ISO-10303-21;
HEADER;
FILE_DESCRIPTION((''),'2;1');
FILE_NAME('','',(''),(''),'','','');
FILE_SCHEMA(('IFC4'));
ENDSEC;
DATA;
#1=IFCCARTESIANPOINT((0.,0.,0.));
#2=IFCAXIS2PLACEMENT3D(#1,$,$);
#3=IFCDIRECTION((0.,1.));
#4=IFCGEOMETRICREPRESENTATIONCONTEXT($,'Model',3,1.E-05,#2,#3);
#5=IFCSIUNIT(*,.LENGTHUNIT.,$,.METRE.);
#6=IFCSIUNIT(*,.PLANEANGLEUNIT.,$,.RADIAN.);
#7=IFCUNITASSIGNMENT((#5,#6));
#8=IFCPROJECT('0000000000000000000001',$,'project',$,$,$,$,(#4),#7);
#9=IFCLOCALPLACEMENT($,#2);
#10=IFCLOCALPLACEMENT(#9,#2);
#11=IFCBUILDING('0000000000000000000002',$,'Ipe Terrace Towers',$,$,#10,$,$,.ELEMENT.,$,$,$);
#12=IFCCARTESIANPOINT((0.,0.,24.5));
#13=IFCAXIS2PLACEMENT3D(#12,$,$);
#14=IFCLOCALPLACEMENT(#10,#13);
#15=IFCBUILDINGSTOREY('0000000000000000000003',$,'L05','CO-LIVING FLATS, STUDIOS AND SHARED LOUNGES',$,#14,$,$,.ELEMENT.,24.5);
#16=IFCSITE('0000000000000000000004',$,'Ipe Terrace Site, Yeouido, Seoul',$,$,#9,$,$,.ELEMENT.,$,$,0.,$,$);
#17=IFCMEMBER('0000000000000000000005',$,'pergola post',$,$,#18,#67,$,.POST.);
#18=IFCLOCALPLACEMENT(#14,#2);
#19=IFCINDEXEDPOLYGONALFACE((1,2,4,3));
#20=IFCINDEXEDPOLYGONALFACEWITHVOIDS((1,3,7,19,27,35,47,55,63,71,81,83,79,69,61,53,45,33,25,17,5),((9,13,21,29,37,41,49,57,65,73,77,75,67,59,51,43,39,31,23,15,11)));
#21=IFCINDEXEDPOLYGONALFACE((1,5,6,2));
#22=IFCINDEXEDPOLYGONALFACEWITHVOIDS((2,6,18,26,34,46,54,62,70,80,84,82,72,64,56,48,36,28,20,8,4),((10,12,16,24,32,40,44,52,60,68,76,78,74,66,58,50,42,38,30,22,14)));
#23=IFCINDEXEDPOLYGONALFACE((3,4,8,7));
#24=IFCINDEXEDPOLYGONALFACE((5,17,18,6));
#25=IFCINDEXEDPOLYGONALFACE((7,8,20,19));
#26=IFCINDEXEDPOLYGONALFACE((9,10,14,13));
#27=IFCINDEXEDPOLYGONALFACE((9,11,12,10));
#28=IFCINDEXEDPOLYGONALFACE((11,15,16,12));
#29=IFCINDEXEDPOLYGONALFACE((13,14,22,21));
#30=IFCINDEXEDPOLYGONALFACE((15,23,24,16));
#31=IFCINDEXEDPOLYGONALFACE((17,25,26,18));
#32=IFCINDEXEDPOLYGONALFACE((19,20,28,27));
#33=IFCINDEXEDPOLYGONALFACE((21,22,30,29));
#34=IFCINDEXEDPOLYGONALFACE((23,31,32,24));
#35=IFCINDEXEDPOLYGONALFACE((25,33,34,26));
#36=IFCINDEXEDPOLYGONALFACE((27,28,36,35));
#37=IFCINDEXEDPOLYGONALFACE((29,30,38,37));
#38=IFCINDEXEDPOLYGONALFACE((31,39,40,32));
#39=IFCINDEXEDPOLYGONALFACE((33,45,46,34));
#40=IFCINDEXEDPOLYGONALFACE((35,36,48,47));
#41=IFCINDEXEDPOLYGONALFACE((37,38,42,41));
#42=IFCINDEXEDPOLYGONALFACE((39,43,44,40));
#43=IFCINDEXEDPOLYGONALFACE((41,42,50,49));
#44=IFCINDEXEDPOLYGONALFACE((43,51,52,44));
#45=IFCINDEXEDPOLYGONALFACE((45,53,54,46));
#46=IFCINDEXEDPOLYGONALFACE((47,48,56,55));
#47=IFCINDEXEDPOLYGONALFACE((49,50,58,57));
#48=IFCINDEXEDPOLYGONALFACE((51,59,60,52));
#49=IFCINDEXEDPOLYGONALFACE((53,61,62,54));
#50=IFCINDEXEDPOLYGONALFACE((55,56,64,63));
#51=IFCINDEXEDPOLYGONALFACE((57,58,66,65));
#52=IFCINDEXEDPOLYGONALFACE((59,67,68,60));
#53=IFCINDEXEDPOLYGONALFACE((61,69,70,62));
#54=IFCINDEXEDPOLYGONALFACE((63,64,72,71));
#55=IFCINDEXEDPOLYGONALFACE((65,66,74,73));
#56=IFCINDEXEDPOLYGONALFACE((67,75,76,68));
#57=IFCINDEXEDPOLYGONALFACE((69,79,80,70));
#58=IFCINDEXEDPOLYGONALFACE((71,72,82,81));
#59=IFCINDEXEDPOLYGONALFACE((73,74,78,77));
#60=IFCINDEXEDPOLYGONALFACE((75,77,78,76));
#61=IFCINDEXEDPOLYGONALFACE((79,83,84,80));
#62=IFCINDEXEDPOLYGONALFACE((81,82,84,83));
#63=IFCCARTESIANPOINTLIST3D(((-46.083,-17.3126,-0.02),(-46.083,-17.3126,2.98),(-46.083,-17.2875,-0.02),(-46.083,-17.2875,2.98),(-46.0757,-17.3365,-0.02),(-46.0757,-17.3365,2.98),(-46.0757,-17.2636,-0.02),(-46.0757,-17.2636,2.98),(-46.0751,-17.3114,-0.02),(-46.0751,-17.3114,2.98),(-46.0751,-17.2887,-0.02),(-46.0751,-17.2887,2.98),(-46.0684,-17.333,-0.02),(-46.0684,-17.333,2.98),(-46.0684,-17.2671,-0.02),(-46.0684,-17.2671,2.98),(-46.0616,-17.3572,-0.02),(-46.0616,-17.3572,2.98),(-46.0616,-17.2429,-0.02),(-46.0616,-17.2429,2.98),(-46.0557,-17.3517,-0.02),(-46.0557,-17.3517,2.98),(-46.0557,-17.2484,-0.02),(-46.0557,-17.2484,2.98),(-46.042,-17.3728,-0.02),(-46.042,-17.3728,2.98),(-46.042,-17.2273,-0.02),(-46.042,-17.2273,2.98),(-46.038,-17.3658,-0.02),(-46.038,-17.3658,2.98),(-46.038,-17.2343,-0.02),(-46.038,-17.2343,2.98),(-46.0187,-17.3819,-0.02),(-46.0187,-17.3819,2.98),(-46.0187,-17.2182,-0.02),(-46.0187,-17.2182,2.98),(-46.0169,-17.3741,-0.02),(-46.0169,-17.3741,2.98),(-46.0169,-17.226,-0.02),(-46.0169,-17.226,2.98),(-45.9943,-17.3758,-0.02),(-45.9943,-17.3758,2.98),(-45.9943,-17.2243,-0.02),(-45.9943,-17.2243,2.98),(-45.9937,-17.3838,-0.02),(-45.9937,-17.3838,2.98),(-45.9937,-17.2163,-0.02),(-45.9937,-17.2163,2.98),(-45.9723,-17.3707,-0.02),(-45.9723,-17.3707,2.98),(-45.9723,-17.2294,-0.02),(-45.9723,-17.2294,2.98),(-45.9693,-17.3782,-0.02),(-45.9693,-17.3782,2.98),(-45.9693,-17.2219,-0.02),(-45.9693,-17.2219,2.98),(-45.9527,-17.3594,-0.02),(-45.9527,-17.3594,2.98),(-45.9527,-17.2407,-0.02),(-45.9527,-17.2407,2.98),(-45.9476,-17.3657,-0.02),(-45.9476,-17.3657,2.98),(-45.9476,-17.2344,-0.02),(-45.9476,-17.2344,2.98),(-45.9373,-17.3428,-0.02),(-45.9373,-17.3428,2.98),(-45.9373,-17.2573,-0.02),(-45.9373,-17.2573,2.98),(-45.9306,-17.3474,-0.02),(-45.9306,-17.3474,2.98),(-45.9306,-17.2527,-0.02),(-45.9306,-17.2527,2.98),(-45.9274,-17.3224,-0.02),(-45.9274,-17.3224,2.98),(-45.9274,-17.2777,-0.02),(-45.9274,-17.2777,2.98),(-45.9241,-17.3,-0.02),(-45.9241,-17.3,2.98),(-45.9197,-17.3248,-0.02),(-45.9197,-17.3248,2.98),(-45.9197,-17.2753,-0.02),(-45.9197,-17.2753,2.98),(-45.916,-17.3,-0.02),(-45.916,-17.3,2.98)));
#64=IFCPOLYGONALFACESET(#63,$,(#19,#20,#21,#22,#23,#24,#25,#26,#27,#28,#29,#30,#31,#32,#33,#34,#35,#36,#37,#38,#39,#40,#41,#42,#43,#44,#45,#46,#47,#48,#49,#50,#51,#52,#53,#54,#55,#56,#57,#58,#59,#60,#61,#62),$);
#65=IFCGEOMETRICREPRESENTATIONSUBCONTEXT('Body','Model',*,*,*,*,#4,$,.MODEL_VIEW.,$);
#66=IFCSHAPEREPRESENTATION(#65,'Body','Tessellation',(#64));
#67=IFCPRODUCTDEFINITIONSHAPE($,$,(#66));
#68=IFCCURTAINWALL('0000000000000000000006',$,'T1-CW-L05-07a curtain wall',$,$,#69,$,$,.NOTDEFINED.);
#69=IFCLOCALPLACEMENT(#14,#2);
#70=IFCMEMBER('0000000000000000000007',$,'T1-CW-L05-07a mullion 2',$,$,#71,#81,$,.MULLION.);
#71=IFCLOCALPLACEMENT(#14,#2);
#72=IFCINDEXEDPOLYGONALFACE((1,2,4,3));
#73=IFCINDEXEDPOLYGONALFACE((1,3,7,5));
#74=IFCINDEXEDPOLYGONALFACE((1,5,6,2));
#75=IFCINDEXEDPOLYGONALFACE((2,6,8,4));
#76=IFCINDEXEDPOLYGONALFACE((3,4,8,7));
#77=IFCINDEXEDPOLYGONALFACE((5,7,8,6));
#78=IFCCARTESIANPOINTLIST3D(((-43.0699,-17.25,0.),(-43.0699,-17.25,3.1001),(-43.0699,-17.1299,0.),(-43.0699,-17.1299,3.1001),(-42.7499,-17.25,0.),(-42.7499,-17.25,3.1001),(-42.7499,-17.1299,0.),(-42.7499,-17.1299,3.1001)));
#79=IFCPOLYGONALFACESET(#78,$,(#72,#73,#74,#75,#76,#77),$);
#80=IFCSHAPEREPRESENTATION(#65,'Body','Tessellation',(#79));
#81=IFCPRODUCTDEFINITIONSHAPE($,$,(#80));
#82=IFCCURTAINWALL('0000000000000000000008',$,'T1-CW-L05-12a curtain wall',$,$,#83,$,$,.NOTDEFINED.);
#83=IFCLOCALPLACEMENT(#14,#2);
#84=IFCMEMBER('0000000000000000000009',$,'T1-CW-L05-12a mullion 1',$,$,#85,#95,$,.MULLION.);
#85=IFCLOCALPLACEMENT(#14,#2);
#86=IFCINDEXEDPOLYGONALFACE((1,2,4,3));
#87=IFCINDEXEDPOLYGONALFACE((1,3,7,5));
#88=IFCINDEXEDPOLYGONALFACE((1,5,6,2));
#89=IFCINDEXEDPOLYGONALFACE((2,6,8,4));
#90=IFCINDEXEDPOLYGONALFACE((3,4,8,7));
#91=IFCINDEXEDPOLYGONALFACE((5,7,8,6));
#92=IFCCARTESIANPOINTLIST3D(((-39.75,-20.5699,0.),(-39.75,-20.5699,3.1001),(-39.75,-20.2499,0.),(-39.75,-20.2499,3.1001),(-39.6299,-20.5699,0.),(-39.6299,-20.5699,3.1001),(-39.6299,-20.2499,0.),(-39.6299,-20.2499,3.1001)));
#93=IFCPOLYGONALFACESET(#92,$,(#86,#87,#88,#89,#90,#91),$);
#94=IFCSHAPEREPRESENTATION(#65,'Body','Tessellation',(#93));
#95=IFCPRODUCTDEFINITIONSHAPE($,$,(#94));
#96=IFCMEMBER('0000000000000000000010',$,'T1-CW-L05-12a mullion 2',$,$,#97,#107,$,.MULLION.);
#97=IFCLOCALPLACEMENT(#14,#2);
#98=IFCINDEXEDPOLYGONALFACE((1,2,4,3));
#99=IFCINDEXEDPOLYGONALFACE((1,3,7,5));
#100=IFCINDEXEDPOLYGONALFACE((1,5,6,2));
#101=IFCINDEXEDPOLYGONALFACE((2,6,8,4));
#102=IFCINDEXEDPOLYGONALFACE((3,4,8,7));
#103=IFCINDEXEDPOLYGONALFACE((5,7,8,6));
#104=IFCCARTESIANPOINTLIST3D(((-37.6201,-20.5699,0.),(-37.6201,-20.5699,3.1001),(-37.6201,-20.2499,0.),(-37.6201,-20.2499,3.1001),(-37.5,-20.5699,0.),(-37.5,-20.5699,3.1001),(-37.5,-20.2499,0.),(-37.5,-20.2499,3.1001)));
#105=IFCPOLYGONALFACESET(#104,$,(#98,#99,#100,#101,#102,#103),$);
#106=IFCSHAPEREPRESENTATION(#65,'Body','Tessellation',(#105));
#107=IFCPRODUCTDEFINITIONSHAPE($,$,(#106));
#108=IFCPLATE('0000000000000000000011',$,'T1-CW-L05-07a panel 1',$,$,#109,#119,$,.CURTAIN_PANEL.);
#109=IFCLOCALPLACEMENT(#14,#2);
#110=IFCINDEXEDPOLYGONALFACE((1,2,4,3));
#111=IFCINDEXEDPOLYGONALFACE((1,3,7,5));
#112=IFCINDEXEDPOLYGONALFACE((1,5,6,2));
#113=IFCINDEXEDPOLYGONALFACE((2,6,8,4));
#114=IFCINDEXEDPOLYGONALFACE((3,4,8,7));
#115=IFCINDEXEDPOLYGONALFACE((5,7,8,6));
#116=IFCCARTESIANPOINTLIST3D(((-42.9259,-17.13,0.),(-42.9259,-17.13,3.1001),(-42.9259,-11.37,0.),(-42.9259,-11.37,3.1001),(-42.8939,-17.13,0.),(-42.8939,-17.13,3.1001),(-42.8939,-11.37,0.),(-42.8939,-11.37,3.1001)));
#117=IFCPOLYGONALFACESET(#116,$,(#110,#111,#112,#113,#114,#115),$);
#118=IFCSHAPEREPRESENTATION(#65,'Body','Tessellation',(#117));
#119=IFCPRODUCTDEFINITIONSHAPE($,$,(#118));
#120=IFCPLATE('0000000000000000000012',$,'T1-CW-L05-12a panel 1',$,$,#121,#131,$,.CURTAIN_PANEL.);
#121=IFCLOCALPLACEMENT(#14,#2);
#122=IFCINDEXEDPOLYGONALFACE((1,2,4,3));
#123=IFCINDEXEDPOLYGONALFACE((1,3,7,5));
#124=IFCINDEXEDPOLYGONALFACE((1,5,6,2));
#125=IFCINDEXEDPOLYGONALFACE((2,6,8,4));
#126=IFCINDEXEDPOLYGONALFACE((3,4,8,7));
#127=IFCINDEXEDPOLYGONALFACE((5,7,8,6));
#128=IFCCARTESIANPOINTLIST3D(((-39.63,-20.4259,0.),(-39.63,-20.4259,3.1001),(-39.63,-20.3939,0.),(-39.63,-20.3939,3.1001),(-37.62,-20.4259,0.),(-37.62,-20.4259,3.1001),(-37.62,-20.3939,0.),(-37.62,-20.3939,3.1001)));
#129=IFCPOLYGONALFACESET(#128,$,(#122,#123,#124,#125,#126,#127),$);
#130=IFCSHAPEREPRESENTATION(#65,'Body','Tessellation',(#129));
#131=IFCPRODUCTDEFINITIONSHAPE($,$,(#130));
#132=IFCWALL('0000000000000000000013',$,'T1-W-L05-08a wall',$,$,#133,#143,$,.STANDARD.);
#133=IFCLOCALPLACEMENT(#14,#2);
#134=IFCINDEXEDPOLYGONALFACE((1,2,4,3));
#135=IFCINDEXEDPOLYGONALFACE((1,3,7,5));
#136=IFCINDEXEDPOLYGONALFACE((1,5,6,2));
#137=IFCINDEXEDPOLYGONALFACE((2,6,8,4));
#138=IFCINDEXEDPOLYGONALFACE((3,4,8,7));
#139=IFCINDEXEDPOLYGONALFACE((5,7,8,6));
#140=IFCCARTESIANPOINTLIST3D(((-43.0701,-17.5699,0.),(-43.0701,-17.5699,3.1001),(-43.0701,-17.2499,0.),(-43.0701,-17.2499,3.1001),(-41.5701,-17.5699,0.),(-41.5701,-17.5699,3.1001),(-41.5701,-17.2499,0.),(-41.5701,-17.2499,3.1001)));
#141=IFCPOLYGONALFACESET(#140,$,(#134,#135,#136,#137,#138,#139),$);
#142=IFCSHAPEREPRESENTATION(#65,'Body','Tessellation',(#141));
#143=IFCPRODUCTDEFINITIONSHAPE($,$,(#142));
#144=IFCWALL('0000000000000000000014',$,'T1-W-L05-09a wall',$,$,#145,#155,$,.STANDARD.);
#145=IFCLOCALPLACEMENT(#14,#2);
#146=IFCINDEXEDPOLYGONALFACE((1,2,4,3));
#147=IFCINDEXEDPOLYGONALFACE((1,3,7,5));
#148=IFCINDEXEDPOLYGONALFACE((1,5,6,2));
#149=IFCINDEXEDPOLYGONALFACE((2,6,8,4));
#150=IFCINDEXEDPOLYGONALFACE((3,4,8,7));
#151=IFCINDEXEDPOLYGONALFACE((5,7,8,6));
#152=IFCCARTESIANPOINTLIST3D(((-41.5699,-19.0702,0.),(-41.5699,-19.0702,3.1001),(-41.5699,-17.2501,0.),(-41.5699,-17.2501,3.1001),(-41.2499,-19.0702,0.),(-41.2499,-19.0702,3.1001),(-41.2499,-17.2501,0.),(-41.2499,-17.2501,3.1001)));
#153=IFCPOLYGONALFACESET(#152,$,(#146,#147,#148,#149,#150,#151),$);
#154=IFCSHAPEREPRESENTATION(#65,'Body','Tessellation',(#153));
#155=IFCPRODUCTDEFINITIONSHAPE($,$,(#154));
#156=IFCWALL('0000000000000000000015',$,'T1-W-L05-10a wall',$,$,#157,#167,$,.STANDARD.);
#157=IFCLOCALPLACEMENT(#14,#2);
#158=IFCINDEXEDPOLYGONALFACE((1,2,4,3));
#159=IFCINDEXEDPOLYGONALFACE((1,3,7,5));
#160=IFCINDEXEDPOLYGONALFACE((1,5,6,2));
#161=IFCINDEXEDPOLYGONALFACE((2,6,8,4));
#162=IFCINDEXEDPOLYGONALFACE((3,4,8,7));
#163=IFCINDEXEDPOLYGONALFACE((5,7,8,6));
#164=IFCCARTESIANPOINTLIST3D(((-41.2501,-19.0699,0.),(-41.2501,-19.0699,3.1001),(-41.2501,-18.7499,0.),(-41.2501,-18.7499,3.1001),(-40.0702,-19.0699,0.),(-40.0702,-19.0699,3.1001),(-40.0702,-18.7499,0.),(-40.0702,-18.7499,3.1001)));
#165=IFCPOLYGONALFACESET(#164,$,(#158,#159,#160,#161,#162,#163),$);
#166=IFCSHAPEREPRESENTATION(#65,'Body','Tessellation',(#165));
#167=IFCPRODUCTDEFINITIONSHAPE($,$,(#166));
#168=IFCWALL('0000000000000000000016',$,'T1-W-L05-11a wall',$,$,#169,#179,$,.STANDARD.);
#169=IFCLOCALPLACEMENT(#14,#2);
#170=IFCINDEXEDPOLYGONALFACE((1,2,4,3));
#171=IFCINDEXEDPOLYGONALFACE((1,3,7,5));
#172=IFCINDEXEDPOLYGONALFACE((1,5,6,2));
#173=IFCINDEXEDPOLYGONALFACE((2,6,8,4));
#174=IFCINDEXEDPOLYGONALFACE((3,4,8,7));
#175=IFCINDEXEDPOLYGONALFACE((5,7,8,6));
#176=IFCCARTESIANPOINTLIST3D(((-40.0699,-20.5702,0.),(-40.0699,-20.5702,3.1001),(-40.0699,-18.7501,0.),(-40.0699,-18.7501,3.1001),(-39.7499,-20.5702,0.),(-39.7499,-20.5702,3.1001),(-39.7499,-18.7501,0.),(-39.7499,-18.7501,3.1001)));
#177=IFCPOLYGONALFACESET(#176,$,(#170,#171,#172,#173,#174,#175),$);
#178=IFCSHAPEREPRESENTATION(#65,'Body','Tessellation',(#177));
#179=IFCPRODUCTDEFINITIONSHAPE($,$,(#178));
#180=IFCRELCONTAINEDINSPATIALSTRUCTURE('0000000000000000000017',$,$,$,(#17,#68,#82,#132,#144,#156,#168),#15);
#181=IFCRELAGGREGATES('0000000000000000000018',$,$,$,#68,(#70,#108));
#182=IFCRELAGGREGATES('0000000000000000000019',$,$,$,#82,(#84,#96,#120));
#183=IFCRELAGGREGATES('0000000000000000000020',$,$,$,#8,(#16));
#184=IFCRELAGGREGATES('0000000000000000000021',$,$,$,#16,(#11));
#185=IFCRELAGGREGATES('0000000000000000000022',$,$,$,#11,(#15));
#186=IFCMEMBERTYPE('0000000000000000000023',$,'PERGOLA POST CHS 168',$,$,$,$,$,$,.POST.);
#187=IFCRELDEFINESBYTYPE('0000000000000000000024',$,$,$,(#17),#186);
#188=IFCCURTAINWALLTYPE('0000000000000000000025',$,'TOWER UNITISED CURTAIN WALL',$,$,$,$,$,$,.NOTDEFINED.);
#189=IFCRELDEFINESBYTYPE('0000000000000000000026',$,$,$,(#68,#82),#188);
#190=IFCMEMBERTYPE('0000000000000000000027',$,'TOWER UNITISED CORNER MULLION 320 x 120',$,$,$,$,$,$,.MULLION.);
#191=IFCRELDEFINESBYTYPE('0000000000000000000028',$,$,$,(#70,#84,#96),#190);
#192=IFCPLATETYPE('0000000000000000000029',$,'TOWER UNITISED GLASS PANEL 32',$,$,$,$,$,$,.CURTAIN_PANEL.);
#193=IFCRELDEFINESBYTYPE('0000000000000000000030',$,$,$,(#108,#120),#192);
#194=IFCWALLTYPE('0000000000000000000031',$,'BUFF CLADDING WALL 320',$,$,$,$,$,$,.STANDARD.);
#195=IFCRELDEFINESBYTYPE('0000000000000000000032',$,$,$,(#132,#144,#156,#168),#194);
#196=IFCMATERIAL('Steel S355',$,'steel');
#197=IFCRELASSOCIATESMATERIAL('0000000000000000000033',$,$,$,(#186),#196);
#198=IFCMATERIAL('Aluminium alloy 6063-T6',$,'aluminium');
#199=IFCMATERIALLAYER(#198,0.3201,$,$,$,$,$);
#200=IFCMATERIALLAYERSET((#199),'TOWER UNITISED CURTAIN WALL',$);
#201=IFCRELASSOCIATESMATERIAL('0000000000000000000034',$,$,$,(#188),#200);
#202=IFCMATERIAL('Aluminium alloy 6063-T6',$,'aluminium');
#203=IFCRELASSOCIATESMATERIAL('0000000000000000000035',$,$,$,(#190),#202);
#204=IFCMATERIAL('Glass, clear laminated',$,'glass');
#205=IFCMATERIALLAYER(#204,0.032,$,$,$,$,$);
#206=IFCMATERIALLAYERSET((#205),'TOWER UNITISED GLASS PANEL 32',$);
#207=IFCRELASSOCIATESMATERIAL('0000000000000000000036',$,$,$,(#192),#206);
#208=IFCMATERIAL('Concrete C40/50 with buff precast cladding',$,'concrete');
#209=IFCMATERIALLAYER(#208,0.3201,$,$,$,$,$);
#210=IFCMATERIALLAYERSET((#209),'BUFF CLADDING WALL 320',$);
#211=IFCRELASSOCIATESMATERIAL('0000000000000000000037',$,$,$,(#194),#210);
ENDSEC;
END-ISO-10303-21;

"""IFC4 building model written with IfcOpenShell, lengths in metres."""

from ifc_helpers import new_model, si_unit, direction, frame, frame_2d, origin, origin_2d, place, context, subcontext, project, spatial, rectangle, hollow_circle, extrude, material, layer, layer_set, material_profile, profile_set, type_object, element, aggregate, save


model = new_model("IFC4")

# Units and contexts
model_context = context("Model", 3, precision=1e-05, world=origin(), true_north=direction((0.0, 1.0)))
body_context = subcontext(model_context, "Body", "Model", "MODEL_VIEW")
ifc_project = project(units=[si_unit("LENGTHUNIT", "METRE"), si_unit("PLANEANGLEUNIT", "RADIAN")], contexts=[model_context])

# Site, building, storey
site_placement = place(None, origin())
site = spatial("IfcSite", under=ifc_project, at=site_placement, Name="Ipe Terrace Site, Yeouido, Seoul", CompositionType="ELEMENT", RefElevation=0.0)
building_placement = place(site_placement, origin())
building = spatial("IfcBuilding", under=site, at=building_placement, Name="Ipe Terrace Towers", CompositionType="ELEMENT")
storey_placement = place(building_placement, frame((0.0, 0.0, 24.5)))
storey = spatial("IfcBuildingStorey", under=building, at=storey_placement, Name="L05", Description="CO-LIVING FLATS, STUDIOS AND SHARED LOUNGES", CompositionType="ELEMENT", Elevation=24.5)

# Member
ifc_material_1 = material(Name="Steel S355", Category="steel")
ifc_material_profile_1 = material_profile(ifc_material_1, hollow_circle(Radius=0.084, WallThickness=0.0081, at=origin_2d()), Name="PERGOLA POST CHS 168")
ifc_profile_set_1 = profile_set([ifc_material_profile_1], Name="Steel S355")
member_type_1 = type_object("IfcMemberType", Name="PERGOLA POST CHS 168", PredefinedType="POST", material=ifc_profile_set_1)
member_1_placement = place(storey_placement, frame((-46.0, -17.3, -0.02), z_axis=(0.0, 0.0, 1.0), x_axis=(1.0, 0.0, 0.0)))
element("IfcMember", 1, at=member_1_placement, inside=storey, type_object=member_type_1, Name="pergola post", PredefinedType="POST", context=body_context, shape_type="SweptSolid", body=[
    extrude(hollow_circle(Radius=0.084, WallThickness=0.0081, at=origin_2d()), origin(), (0.0, 0.0, 1.0), 3.0),
])

# Curtain wall, member
ifc_material_2 = material(Name="Aluminium alloy 6063-T6", Category="aluminium")
ifc_layer_1 = layer(ifc_material_2, 0.3201)
ifc_layer_set_1 = layer_set([ifc_layer_1], Name="TOWER UNITISED CURTAIN WALL")
curtain_wall_type = type_object("IfcCurtainWallType", Name="TOWER UNITISED CURTAIN WALL", PredefinedType="NOTDEFINED", material=ifc_layer_set_1)
curtain_wall_1_placement = place(storey_placement, origin())
curtain_wall_1 = element("IfcCurtainWall", 2, at=curtain_wall_1_placement, inside=storey, type_object=curtain_wall_type, Name="T1-CW-L05-07a curtain wall", PredefinedType="NOTDEFINED")
ifc_material_3 = material(Name="Aluminium alloy 6063-T6", Category="aluminium")
ifc_material_profile_2 = material_profile(ifc_material_3, rectangle(XDim=0.3201, YDim=0.1201, at=origin_2d()), Name="TOWER UNITISED CORNER MULLION 320 x 120")
ifc_profile_set_2 = profile_set([ifc_material_profile_2], Name="Aluminium alloy 6063-T6")
member_type_2 = type_object("IfcMemberType", Name="TOWER UNITISED CORNER MULLION 320 x 120", PredefinedType="MULLION", material=ifc_profile_set_2)
member_2_placement = place(storey_placement, frame((-42.9099, -17.1899, 0.0), z_axis=(0.0, 0.0, 1.0), x_axis=(-1.0, 0.0, 0.0)))
member_2 = element("IfcMember", 3, at=member_2_placement, type_object=member_type_2, Name="T1-CW-L05-07a mullion 2", PredefinedType="MULLION", context=body_context, shape_type="SweptSolid", body=[
    extrude(rectangle(XDim=0.3201, YDim=0.1201, at=origin_2d()), origin(), (0.0, 0.0, 1.0), 3.1001),
])

# Curtain wall, members
curtain_wall_2_placement = place(storey_placement, origin())
curtain_wall_2 = element("IfcCurtainWall", 4, at=curtain_wall_2_placement, inside=storey, type_object=curtain_wall_type, Name="T1-CW-L05-12a curtain wall", PredefinedType="NOTDEFINED")
member_3_placement = place(storey_placement, frame((-39.6899, -20.4099, 0.0), z_axis=(0.0, 0.0, 1.0), x_axis=(0.0, -1.0, 0.0)))
member_3 = element("IfcMember", 5, at=member_3_placement, type_object=member_type_2, Name="T1-CW-L05-12a mullion 1", PredefinedType="MULLION", context=body_context, shape_type="SweptSolid", body=[
    extrude(rectangle(XDim=0.3201, YDim=0.1201, at=origin_2d()), origin(), (0.0, 0.0, 1.0), 3.1001),
])
member_4_placement = place(storey_placement, frame((-37.5601, -20.4099, 0.0), z_axis=(0.0, 0.0, 1.0), x_axis=(0.0, -1.0, 0.0)))
member_4 = element("IfcMember", 6, at=member_4_placement, type_object=member_type_2, Name="T1-CW-L05-12a mullion 2", PredefinedType="MULLION", context=body_context, shape_type="SweptSolid", body=[
    extrude(rectangle(XDim=0.3201, YDim=0.1201, at=origin_2d()), origin(), (0.0, 0.0, 1.0), 3.1001),
])

# Plates
ifc_material_4 = material(Name="Glass, clear laminated", Category="glass")
ifc_layer_2 = layer(ifc_material_4, 0.032)
ifc_layer_set_2 = layer_set([ifc_layer_2], Name="TOWER UNITISED GLASS PANEL 32")
plate_type = type_object("IfcPlateType", Name="TOWER UNITISED GLASS PANEL 32", PredefinedType="CURTAIN_PANEL", material=ifc_layer_set_2)
plate_1_placement = place(storey_placement, frame((-42.9099, -14.25, 0.0), z_axis=(0.0, 0.0, 1.0), x_axis=(0.0, -1.0, 0.0)))
plate_1 = element("IfcPlate", 7, at=plate_1_placement, type_object=plate_type, Name="T1-CW-L05-07a panel 1", PredefinedType="CURTAIN_PANEL", context=body_context, shape_type="SweptSolid", body=[
    extrude(rectangle(XDim=5.76, YDim=0.032, at=origin_2d()), origin(), (0.0, 0.0, 1.0), 3.1001),
])
aggregate(curtain_wall_1, [member_2, plate_1])
plate_2_placement = place(storey_placement, frame((-38.625, -20.4099, 0.0), z_axis=(0.0, 0.0, 1.0), x_axis=(1.0, 0.0, 0.0)))
plate_2 = element("IfcPlate", 8, at=plate_2_placement, type_object=plate_type, Name="T1-CW-L05-12a panel 1", PredefinedType="CURTAIN_PANEL", context=body_context, shape_type="SweptSolid", body=[
    extrude(rectangle(XDim=2.01, YDim=0.032, at=origin_2d()), origin(), (0.0, 0.0, 1.0), 3.1001),
])
aggregate(curtain_wall_2, [member_3, member_4, plate_2])

# Walls
ifc_material_5 = material(Name="Concrete C40/50 with buff precast cladding", Category="concrete")
ifc_layer_3 = layer(ifc_material_5, 0.3201)
ifc_layer_set_3 = layer_set([ifc_layer_3], Name="BUFF CLADDING WALL 320")
wall_type_1 = type_object("IfcWallType", Name="BUFF CLADDING WALL 320", PredefinedType="STANDARD", material=ifc_layer_set_3)
wall_1_placement = place(storey_placement, frame((-43.0701, -17.4099, 0.0), z_axis=(0.0, 0.0, 1.0), x_axis=(1.0, 0.0, 0.0)))
element("IfcWall", 9, at=wall_1_placement, inside=storey, type_object=wall_type_1, Name="T1-W-L05-08a wall", PredefinedType="STANDARD", context=body_context, shape_type="SweptSolid", body=[
    extrude(rectangle(XDim=1.5, YDim=0.3201, at=frame_2d((0.75, 0.0))), origin(), (0.0, 0.0, 1.0), 3.1001),
])
wall_2_placement = place(storey_placement, frame((-41.4099, -17.25, 0.0), z_axis=(0.0, 0.0, 1.0), x_axis=(0.0, -1.0, 0.0)))
element("IfcWall", 10, at=wall_2_placement, inside=storey, type_object=wall_type_1, Name="T1-W-L05-09a wall", PredefinedType="STANDARD", context=body_context, shape_type="SweptSolid", body=[
    extrude(rectangle(XDim=1.8201, YDim=0.3201, at=frame_2d((0.9102, 0.0))), origin(), (0.0, 0.0, 1.0), 3.1001),
])
wall_3_placement = place(storey_placement, frame((-41.25, -18.9099, 0.0), z_axis=(0.0, 0.0, 1.0), x_axis=(1.0, 0.0, 0.0)))
element("IfcWall", 11, at=wall_3_placement, inside=storey, type_object=wall_type_1, Name="T1-W-L05-10a wall", PredefinedType="STANDARD", context=body_context, shape_type="SweptSolid", body=[
    extrude(rectangle(XDim=1.1799, YDim=0.3201, at=frame_2d((0.5898, 0.0))), origin(), (0.0, 0.0, 1.0), 3.1001),
])
wall_4_placement = place(storey_placement, frame((-39.9099, -18.75, 0.0), z_axis=(0.0, 0.0, 1.0), x_axis=(0.0, -1.0, 0.0)))
element("IfcWall", 12, at=wall_4_placement, inside=storey, type_object=wall_type_1, Name="T1-W-L05-11a wall", PredefinedType="STANDARD", context=body_context, shape_type="SweptSolid", body=[
    extrude(rectangle(XDim=1.8201, YDim=0.3201, at=frame_2d((0.9102, 0.0))), origin(), (0.0, 0.0, 1.0), 3.1001),
])

save(model, "model.ifc")
